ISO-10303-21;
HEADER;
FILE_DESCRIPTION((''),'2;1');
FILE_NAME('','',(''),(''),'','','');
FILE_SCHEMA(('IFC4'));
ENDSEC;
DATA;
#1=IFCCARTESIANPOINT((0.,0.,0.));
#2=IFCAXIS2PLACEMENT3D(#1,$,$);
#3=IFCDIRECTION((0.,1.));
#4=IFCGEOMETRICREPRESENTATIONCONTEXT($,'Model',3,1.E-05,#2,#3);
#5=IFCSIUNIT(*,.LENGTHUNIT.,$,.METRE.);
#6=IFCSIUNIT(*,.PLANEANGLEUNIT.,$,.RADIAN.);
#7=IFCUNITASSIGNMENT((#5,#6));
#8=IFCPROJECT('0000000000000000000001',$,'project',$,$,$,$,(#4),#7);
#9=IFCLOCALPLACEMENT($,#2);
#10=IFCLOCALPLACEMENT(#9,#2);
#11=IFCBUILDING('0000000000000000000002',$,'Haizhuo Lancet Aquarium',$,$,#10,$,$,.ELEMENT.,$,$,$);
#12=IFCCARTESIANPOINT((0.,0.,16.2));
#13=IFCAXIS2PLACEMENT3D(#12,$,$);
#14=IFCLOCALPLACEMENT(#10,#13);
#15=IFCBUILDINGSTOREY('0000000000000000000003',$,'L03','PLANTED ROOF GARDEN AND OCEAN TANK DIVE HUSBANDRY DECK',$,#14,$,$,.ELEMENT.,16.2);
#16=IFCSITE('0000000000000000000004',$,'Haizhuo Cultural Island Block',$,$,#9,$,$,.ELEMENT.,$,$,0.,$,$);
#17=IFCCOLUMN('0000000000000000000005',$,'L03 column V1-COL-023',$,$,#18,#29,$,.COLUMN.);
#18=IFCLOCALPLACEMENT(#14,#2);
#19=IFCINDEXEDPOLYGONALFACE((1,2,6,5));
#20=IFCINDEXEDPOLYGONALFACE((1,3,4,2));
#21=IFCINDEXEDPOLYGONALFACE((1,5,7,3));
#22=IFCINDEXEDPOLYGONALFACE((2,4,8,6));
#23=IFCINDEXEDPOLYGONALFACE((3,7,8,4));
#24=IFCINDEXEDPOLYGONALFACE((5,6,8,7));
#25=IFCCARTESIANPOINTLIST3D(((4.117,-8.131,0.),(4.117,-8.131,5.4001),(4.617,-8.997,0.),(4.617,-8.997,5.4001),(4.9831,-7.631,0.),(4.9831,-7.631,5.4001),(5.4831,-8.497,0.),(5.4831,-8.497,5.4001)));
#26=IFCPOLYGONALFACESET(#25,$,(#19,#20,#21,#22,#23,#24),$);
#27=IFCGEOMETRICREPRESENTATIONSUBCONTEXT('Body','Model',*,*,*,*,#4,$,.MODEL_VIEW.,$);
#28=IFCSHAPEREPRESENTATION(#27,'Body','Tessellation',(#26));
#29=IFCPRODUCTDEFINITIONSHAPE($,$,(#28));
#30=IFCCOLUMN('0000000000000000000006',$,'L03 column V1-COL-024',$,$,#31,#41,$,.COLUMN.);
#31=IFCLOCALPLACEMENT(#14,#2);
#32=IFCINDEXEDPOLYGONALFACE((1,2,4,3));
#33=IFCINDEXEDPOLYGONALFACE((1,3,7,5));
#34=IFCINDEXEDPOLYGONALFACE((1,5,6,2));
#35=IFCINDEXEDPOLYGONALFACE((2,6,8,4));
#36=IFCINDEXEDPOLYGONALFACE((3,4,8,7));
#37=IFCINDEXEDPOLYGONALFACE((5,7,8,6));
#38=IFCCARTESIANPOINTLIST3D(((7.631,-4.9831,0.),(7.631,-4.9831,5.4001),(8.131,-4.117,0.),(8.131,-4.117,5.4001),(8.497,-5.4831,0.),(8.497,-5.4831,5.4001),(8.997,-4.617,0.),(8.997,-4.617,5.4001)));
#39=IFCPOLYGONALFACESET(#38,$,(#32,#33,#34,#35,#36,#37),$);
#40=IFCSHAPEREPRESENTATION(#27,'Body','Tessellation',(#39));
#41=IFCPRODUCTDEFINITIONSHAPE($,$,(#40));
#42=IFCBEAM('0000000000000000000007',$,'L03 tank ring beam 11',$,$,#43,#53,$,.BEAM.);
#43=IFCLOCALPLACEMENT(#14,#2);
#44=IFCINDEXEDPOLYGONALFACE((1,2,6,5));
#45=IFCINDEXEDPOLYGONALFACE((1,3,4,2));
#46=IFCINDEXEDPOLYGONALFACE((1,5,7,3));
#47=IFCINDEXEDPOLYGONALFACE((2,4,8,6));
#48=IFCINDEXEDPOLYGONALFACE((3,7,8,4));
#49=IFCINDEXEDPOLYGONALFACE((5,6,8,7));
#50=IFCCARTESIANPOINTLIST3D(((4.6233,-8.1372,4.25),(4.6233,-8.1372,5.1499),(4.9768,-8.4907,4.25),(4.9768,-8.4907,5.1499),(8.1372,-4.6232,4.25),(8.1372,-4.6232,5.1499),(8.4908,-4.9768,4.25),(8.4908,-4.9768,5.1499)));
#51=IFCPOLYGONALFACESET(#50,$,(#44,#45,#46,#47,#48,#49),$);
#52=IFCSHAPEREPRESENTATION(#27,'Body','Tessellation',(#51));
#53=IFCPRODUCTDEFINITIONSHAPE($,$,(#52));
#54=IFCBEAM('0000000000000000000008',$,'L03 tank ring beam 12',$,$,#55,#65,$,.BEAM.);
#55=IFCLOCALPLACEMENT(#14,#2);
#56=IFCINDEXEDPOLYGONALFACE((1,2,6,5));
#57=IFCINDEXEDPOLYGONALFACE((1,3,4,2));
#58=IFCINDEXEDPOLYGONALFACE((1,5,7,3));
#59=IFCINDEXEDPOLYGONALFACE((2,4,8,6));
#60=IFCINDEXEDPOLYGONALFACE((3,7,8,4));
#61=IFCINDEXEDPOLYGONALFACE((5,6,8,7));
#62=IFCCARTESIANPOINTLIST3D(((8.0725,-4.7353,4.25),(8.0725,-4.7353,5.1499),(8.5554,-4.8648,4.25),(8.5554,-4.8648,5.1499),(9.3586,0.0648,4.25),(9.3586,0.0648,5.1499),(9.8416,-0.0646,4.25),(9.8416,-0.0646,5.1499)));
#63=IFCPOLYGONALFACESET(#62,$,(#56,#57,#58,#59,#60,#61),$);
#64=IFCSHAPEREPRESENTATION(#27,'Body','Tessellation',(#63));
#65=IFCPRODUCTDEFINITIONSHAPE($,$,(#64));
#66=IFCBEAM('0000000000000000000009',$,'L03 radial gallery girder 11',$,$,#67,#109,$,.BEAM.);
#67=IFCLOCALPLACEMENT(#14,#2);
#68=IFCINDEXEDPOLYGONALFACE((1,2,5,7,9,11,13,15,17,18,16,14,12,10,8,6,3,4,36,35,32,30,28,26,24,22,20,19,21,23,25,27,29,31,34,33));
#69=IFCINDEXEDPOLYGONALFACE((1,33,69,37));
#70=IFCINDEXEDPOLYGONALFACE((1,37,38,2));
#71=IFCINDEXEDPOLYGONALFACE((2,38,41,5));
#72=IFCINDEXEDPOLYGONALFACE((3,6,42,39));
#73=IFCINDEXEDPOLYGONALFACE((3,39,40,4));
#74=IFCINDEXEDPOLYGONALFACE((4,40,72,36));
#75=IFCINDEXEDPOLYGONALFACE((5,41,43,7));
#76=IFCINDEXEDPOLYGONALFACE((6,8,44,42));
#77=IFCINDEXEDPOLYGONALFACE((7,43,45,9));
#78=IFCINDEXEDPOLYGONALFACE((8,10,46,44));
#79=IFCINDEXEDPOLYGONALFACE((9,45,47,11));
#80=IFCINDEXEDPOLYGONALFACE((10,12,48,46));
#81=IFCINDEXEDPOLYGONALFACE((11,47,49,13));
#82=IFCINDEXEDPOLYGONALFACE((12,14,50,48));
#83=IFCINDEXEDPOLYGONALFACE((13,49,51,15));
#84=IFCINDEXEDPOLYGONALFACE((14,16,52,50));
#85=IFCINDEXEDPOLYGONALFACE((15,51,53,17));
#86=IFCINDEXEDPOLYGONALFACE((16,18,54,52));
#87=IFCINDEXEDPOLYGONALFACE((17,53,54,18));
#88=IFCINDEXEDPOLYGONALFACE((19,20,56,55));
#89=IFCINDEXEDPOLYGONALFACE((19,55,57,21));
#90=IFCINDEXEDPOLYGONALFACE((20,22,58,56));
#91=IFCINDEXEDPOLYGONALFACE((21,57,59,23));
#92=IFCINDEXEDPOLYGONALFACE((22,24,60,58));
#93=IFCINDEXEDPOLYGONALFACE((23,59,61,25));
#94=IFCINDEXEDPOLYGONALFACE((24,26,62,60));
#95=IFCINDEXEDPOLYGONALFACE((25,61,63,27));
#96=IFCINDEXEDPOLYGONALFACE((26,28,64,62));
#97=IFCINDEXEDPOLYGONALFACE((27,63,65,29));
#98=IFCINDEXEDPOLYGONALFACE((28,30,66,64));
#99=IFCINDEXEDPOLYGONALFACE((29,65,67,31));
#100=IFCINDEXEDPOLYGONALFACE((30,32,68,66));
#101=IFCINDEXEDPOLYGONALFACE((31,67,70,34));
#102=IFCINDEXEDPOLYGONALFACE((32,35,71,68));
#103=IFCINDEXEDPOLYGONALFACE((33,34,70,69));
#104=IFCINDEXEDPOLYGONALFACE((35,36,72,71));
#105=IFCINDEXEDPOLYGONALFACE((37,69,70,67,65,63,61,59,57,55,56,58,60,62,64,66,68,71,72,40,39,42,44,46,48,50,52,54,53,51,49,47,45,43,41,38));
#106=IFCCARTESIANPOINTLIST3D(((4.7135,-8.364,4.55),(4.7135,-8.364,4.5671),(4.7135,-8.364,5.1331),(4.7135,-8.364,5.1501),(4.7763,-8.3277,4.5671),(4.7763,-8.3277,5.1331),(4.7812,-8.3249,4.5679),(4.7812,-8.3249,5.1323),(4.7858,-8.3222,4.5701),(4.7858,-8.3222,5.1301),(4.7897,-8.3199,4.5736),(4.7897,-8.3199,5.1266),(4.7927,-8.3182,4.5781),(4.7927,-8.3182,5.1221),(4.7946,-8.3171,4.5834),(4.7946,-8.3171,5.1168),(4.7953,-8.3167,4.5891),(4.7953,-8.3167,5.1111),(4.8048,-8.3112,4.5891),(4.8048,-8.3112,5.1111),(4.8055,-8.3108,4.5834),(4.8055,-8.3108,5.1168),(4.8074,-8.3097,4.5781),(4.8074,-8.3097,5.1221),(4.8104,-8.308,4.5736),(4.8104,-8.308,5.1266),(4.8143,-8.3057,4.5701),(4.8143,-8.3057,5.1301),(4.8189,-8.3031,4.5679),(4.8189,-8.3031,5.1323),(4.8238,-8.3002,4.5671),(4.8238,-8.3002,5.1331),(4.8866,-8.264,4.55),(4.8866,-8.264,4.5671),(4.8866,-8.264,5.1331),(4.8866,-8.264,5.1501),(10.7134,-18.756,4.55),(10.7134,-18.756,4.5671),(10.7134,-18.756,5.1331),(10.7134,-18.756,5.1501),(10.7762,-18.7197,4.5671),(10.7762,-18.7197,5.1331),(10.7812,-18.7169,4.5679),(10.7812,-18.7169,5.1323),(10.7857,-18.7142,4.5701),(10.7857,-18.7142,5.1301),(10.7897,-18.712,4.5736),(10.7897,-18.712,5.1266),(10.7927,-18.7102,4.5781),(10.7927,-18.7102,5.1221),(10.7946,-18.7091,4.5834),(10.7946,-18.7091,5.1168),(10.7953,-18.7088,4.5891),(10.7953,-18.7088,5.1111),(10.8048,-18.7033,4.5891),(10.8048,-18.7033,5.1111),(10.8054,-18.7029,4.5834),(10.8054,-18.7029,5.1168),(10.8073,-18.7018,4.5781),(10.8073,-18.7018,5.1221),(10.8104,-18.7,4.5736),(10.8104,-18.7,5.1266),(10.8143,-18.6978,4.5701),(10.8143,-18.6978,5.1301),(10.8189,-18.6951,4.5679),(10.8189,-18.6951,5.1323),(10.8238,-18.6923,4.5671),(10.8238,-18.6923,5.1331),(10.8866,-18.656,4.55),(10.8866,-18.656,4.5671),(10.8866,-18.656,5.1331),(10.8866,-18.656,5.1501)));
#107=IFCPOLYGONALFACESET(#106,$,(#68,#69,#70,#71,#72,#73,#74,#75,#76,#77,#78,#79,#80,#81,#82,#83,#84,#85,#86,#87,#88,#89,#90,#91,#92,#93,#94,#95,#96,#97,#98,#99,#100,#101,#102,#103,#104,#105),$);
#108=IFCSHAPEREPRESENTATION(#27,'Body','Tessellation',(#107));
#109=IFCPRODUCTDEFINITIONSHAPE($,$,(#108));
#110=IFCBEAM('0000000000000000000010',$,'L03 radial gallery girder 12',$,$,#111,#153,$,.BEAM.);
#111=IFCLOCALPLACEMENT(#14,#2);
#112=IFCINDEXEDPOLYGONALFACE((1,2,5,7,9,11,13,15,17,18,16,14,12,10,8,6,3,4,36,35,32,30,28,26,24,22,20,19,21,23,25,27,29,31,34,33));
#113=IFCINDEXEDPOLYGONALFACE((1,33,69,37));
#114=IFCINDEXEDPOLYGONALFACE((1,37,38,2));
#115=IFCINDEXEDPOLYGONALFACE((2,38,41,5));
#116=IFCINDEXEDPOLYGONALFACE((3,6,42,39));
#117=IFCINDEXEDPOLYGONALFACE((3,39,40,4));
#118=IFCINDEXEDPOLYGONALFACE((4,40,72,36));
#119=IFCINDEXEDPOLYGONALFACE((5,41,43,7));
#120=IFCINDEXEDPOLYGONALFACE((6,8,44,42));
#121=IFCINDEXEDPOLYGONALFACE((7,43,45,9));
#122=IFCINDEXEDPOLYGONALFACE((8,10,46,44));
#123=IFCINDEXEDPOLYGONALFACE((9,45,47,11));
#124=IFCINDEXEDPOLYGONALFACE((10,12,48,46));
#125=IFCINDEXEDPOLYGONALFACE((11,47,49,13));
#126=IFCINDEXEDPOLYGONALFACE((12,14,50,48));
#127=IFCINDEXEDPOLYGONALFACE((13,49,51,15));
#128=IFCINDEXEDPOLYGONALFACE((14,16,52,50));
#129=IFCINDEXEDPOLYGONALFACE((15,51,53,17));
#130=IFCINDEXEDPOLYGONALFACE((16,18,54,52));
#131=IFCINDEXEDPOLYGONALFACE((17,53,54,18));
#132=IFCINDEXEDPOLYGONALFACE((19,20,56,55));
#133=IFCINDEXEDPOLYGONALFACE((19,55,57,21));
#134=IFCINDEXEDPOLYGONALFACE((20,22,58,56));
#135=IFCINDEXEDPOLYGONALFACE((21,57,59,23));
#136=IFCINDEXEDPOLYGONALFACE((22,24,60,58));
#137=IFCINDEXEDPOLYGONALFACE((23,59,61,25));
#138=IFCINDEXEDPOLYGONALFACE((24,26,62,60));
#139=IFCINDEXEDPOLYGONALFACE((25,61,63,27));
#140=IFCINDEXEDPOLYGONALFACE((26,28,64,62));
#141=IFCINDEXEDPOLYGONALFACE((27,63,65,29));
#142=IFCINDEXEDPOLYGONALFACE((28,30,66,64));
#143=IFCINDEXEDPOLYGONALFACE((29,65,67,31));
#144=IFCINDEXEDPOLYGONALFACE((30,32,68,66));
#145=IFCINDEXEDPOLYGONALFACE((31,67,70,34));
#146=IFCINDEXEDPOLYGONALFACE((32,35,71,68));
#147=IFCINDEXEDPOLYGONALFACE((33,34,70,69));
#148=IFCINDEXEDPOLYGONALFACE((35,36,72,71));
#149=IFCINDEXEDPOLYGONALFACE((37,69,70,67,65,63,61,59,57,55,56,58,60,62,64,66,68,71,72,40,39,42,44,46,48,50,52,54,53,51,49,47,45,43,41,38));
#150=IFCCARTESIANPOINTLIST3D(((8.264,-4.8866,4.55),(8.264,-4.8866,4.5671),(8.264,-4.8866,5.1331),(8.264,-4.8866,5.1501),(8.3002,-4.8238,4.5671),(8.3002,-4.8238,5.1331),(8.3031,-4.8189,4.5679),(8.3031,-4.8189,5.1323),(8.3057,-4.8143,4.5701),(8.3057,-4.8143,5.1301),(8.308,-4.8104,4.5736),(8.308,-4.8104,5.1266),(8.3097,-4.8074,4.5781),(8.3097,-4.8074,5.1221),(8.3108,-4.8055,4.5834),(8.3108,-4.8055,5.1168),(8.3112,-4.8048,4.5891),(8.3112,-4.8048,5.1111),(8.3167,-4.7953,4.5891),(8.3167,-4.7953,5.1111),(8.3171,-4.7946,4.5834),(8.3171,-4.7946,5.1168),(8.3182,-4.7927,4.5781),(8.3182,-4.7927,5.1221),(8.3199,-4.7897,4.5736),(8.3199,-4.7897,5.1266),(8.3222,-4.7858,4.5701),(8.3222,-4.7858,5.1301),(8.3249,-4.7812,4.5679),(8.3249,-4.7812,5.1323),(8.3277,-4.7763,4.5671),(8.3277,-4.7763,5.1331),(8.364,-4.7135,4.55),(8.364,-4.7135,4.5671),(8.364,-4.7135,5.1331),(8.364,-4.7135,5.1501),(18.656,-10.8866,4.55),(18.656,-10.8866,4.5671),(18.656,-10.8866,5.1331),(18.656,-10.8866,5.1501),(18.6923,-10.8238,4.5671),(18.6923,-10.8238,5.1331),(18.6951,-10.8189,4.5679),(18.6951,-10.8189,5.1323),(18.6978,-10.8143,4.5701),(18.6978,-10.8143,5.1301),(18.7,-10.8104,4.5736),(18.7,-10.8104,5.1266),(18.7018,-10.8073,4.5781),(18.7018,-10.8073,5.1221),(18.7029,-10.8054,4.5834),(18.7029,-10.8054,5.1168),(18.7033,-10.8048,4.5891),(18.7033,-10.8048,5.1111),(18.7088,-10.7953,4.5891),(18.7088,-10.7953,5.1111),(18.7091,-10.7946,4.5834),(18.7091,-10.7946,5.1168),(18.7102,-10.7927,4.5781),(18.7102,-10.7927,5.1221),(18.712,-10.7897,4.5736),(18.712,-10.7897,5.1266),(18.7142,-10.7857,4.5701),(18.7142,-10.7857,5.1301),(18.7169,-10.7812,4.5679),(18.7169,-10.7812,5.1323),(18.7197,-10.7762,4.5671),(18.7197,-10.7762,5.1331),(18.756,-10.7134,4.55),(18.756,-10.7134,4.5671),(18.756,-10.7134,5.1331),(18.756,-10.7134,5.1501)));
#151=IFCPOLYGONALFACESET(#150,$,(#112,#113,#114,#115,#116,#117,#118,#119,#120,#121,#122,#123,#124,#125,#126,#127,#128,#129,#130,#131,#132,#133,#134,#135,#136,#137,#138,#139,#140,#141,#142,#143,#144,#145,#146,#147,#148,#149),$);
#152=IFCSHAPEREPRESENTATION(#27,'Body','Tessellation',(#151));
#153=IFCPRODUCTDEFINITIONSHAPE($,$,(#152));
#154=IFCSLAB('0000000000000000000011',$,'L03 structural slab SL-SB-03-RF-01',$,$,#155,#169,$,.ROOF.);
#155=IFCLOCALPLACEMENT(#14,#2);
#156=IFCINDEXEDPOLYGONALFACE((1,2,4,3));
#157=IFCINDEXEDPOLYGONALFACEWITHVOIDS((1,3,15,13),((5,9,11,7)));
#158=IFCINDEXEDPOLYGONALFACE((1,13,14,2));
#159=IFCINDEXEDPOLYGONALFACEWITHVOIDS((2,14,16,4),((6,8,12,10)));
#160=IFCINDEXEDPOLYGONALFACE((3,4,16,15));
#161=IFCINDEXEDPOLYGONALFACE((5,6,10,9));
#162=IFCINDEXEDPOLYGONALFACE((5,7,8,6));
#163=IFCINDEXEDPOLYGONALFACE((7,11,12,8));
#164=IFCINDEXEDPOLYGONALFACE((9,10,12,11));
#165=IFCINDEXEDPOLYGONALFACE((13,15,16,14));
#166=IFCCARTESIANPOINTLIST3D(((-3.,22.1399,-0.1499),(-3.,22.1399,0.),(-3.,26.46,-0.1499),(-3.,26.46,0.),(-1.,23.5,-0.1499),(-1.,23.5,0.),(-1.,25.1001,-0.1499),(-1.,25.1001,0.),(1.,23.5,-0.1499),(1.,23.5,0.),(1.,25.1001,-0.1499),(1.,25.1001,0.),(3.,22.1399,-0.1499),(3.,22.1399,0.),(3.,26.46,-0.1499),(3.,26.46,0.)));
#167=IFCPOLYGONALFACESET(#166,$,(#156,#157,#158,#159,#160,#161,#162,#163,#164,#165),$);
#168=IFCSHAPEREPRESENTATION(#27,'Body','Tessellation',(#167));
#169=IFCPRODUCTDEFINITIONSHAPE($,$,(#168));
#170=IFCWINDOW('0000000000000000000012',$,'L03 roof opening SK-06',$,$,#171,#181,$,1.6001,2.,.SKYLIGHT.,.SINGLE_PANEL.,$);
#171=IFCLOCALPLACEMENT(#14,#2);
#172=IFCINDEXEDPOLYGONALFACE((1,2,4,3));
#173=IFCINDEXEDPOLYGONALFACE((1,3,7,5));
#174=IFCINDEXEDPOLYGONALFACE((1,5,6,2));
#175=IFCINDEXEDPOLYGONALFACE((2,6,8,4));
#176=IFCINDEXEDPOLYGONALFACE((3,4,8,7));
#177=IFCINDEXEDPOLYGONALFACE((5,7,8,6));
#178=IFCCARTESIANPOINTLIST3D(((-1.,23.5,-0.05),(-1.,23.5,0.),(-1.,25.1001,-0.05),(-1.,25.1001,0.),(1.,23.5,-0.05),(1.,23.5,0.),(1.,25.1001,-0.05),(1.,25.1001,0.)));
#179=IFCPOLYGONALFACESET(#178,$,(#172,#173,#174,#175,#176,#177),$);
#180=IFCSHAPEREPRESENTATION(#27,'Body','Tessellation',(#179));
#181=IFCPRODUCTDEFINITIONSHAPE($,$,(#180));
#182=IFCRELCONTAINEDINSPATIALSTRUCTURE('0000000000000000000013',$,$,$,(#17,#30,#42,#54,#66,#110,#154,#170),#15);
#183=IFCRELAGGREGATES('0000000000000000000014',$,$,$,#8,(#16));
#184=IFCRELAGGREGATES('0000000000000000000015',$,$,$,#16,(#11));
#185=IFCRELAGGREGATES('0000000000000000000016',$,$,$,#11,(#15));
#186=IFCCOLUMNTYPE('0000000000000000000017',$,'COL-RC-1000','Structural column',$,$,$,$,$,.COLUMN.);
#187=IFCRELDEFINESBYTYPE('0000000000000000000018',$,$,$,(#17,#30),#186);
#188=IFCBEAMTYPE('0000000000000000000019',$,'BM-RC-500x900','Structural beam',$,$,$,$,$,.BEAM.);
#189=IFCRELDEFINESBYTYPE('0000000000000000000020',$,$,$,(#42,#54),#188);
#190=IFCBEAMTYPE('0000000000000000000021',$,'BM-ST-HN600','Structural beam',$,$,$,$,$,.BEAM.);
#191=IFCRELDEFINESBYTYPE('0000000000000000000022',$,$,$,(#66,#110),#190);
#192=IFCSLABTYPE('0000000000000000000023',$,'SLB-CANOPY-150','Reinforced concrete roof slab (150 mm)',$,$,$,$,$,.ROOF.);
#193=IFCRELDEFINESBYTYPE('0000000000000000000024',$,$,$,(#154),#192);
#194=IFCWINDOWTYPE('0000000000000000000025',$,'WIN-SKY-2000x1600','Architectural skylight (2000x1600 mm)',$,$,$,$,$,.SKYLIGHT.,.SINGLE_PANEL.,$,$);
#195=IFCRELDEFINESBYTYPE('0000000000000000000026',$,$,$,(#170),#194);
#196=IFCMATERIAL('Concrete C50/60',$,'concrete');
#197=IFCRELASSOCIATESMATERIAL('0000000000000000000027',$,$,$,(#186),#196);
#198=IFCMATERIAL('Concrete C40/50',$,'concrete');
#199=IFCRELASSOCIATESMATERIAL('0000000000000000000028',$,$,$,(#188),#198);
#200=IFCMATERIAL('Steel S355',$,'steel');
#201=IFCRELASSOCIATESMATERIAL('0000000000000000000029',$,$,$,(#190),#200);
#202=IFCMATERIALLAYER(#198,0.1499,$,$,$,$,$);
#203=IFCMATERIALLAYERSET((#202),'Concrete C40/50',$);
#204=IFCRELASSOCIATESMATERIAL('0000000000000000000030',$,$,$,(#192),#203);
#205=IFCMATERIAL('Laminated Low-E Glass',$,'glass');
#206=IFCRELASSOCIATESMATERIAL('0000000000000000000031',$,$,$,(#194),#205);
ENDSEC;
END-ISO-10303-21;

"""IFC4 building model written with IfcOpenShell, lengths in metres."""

from ifc_helpers import new_model, si_unit, direction, frame, origin, origin_2d, place, context, subcontext, project, spatial, polyline, rectangle, i_section, outline, extrude, material, layer, layer_set, material_profile, profile_set, type_object, element, fill, save


model = new_model("IFC4")

# Units and contexts
model_context = context("Model", 3, precision=1e-05, world=origin(), true_north=direction((0.0, 1.0)))
body_context = subcontext(model_context, "Body", "Model", "MODEL_VIEW")
ifc_project = project(units=[si_unit("LENGTHUNIT", "METRE"), si_unit("PLANEANGLEUNIT", "RADIAN")], contexts=[model_context])

# Site, building, storey
site_placement = place(None, origin())
site = spatial("IfcSite", under=ifc_project, at=site_placement, Name="Haizhuo Cultural Island Block", CompositionType="ELEMENT", RefElevation=0.0)
building_placement = place(site_placement, origin())
building = spatial("IfcBuilding", under=site, at=building_placement, Name="Haizhuo Lancet Aquarium", CompositionType="ELEMENT")
storey_placement = place(building_placement, frame((0.0, 0.0, 16.2)))
storey = spatial("IfcBuildingStorey", under=building, at=storey_placement, Name="L03", Description="PLANTED ROOF GARDEN AND OCEAN TANK DIVE HUSBANDRY DECK", CompositionType="ELEMENT", Elevation=16.2)

# Columns
ifc_material_1 = material(Name="Concrete C50/60", Category="concrete")
ifc_material_profile_1 = material_profile(ifc_material_1, rectangle(XDim=1.0, YDim=1.0, at=origin_2d()), Name="RC-COL 1000x1000")
ifc_profile_set_1 = profile_set([ifc_material_profile_1], Name="Concrete C50/60")
column_type = type_object("IfcColumnType", Name="COL-RC-1000", Description="Structural column", PredefinedType="COLUMN", material=ifc_profile_set_1)
for number, where, z_axis, x_axis, name in (
    (1, (4.8, -8.314, 0.0), (0.0, 0.0, 1.0), (0.5, -0.866025, 0.0), "L03 column V1-COL-023"),
    (2, (8.314, -4.8, 0.0), (0.0, 0.0, 1.0), (0.866025, -0.5, 0.0), "L03 column V1-COL-024"),
):
    element("IfcColumn", number, at=place(storey_placement, frame(where, z_axis=z_axis, x_axis=x_axis)), inside=storey, type_object=column_type, Name=name, PredefinedType="COLUMN", context=body_context, shape_type="SweptSolid", body=[
        extrude(rectangle(XDim=1.0, YDim=1.0, at=origin_2d()), origin(), (0.0, 0.0, 1.0), 5.4001),
    ])

# Beams
ifc_material_2 = material(Name="Concrete C40/50", Category="concrete")
ifc_material_profile_2 = material_profile(ifc_material_2, rectangle(XDim=0.5, YDim=0.8999, at=origin_2d()), Name="RC-BM 500x900")
ifc_profile_set_2 = profile_set([ifc_material_profile_2], Name="Concrete C40/50")
beam_type_1 = type_object("IfcBeamType", Name="BM-RC-500x900", Description="Structural beam", PredefinedType="BEAM", material=ifc_profile_set_2)
for number, where, z_axis, x_axis, name in (
    (3, (4.8, -8.314, 4.7), (0.707107, 0.707107, 0.0), (-0.707107, 0.707107, 0.0), "L03 tank ring beam 11"),
    (4, (8.314, -4.8, 4.7), (0.258812, 0.965928, 0.0), (-0.965928, 0.258812, 0.0), "L03 tank ring beam 12"),
):
    element("IfcBeam", number, at=place(storey_placement, frame(where, z_axis=z_axis, x_axis=x_axis)), inside=storey, type_object=beam_type_1, Name=name, PredefinedType="BEAM", context=body_context, shape_type="SweptSolid", body=[
        extrude(rectangle(XDim=0.5, YDim=0.8999, at=origin_2d()), origin(), (0.0, 0.0, 1.0), 4.9695),
    ])
ifc_material_3 = material(Name="Steel S355", Category="steel")
ifc_material_profile_3 = material_profile(ifc_material_3, i_section(OverallWidth=0.2, OverallDepth=0.6001, WebThickness=0.011, FlangeThickness=0.0171, FilletRadius=0.022, at=origin_2d()), Name="HN 600x200x11x17")
ifc_profile_set_3 = profile_set([ifc_material_profile_3], Name="Steel S355")
beam_type_2 = type_object("IfcBeamType", Name="BM-ST-HN600", Description="Structural beam", PredefinedType="BEAM", material=ifc_profile_set_3)
for number, where, z_axis, x_axis, name in (
    (5, (4.8, -8.314, 4.8501), (0.500008, -0.866021, 0.0), (0.866021, 0.500008, 0.0), "L03 radial gallery girder 11"),
    (6, (8.314, -4.8, 4.8501), (0.866021, -0.500008, 0.0), (0.500008, 0.866021, 0.0), "L03 radial gallery girder 12"),
):
    element("IfcBeam", number, at=place(storey_placement, frame(where, z_axis=z_axis, x_axis=x_axis)), inside=storey, type_object=beam_type_2, Name=name, PredefinedType="BEAM", context=body_context, shape_type="SweptSolid", body=[
        extrude(i_section(OverallWidth=0.2, OverallDepth=0.6001, WebThickness=0.011, FlangeThickness=0.0171, FilletRadius=0.022, at=origin_2d()), origin(), (0.0, 0.0, 1.0), 11.9998),
    ])

# Slab, opening, window
ifc_layer_1 = layer(ifc_material_2, 0.1499)
ifc_layer_set_1 = layer_set([ifc_layer_1], Name="Concrete C40/50")
slab_type_1 = type_object("IfcSlabType", Name="SLB-CANOPY-150", Description="Reinforced concrete roof slab (150 mm)", PredefinedType="ROOF", material=ifc_layer_set_1)
slab_1_placement = place(storey_placement, frame((0.0, 0.0, -0.1499)))
slab_1 = element("IfcSlab", 7, at=slab_1_placement, inside=storey, type_object=slab_type_1, Name="L03 structural slab SL-SB-03-RF-01", PredefinedType="ROOF", context=body_context, shape_type="SweptSolid", body=[
    extrude(outline(polyline([(-3.0, 22.1399), (3.0, 22.1399), (3.0, 26.46), (-3.0, 26.46), (-3.0, 22.1399)])), origin(), (0.0, 0.0, 1.0), 0.1499),
])
opening_1_placement = place(slab_1_placement, frame((0.0, 24.3, 0.0)))
opening_1 = element("IfcOpeningElement", 8, at=opening_1_placement, cuts=slab_1, PredefinedType="OPENING", context=body_context, shape_type="SweptSolid", body=[
    extrude(rectangle(XDim=2.0, YDim=1.6001, at=origin_2d()), origin(), (0.0, 0.0, 1.0), 0.1499),
])
ifc_material_4 = material(Name="Laminated Low-E Glass", Category="glass")
window_type_1 = type_object("IfcWindowType", Name="WIN-SKY-2000x1600", Description="Architectural skylight (2000x1600 mm)", PartitioningType="SINGLE_PANEL", PredefinedType="SKYLIGHT", material=ifc_material_4)
window_1_placement = place(opening_1_placement, frame((0.0, 0.0, 0.0999)))
window_1 = element("IfcWindow", 9, at=window_1_placement, inside=storey, type_object=window_type_1, Name="L03 roof opening SK-06", OverallHeight=1.6001, OverallWidth=2.0, PartitioningType="SINGLE_PANEL", PredefinedType="SKYLIGHT", context=body_context, shape_type="SweptSolid", body=[
    extrude(rectangle(XDim=2.0, YDim=1.6001, at=origin_2d()), origin(), (0.0, 0.0, 1.0), 0.05),
])
fill(opening_1, window_1)

save(model, "model.ifc")
